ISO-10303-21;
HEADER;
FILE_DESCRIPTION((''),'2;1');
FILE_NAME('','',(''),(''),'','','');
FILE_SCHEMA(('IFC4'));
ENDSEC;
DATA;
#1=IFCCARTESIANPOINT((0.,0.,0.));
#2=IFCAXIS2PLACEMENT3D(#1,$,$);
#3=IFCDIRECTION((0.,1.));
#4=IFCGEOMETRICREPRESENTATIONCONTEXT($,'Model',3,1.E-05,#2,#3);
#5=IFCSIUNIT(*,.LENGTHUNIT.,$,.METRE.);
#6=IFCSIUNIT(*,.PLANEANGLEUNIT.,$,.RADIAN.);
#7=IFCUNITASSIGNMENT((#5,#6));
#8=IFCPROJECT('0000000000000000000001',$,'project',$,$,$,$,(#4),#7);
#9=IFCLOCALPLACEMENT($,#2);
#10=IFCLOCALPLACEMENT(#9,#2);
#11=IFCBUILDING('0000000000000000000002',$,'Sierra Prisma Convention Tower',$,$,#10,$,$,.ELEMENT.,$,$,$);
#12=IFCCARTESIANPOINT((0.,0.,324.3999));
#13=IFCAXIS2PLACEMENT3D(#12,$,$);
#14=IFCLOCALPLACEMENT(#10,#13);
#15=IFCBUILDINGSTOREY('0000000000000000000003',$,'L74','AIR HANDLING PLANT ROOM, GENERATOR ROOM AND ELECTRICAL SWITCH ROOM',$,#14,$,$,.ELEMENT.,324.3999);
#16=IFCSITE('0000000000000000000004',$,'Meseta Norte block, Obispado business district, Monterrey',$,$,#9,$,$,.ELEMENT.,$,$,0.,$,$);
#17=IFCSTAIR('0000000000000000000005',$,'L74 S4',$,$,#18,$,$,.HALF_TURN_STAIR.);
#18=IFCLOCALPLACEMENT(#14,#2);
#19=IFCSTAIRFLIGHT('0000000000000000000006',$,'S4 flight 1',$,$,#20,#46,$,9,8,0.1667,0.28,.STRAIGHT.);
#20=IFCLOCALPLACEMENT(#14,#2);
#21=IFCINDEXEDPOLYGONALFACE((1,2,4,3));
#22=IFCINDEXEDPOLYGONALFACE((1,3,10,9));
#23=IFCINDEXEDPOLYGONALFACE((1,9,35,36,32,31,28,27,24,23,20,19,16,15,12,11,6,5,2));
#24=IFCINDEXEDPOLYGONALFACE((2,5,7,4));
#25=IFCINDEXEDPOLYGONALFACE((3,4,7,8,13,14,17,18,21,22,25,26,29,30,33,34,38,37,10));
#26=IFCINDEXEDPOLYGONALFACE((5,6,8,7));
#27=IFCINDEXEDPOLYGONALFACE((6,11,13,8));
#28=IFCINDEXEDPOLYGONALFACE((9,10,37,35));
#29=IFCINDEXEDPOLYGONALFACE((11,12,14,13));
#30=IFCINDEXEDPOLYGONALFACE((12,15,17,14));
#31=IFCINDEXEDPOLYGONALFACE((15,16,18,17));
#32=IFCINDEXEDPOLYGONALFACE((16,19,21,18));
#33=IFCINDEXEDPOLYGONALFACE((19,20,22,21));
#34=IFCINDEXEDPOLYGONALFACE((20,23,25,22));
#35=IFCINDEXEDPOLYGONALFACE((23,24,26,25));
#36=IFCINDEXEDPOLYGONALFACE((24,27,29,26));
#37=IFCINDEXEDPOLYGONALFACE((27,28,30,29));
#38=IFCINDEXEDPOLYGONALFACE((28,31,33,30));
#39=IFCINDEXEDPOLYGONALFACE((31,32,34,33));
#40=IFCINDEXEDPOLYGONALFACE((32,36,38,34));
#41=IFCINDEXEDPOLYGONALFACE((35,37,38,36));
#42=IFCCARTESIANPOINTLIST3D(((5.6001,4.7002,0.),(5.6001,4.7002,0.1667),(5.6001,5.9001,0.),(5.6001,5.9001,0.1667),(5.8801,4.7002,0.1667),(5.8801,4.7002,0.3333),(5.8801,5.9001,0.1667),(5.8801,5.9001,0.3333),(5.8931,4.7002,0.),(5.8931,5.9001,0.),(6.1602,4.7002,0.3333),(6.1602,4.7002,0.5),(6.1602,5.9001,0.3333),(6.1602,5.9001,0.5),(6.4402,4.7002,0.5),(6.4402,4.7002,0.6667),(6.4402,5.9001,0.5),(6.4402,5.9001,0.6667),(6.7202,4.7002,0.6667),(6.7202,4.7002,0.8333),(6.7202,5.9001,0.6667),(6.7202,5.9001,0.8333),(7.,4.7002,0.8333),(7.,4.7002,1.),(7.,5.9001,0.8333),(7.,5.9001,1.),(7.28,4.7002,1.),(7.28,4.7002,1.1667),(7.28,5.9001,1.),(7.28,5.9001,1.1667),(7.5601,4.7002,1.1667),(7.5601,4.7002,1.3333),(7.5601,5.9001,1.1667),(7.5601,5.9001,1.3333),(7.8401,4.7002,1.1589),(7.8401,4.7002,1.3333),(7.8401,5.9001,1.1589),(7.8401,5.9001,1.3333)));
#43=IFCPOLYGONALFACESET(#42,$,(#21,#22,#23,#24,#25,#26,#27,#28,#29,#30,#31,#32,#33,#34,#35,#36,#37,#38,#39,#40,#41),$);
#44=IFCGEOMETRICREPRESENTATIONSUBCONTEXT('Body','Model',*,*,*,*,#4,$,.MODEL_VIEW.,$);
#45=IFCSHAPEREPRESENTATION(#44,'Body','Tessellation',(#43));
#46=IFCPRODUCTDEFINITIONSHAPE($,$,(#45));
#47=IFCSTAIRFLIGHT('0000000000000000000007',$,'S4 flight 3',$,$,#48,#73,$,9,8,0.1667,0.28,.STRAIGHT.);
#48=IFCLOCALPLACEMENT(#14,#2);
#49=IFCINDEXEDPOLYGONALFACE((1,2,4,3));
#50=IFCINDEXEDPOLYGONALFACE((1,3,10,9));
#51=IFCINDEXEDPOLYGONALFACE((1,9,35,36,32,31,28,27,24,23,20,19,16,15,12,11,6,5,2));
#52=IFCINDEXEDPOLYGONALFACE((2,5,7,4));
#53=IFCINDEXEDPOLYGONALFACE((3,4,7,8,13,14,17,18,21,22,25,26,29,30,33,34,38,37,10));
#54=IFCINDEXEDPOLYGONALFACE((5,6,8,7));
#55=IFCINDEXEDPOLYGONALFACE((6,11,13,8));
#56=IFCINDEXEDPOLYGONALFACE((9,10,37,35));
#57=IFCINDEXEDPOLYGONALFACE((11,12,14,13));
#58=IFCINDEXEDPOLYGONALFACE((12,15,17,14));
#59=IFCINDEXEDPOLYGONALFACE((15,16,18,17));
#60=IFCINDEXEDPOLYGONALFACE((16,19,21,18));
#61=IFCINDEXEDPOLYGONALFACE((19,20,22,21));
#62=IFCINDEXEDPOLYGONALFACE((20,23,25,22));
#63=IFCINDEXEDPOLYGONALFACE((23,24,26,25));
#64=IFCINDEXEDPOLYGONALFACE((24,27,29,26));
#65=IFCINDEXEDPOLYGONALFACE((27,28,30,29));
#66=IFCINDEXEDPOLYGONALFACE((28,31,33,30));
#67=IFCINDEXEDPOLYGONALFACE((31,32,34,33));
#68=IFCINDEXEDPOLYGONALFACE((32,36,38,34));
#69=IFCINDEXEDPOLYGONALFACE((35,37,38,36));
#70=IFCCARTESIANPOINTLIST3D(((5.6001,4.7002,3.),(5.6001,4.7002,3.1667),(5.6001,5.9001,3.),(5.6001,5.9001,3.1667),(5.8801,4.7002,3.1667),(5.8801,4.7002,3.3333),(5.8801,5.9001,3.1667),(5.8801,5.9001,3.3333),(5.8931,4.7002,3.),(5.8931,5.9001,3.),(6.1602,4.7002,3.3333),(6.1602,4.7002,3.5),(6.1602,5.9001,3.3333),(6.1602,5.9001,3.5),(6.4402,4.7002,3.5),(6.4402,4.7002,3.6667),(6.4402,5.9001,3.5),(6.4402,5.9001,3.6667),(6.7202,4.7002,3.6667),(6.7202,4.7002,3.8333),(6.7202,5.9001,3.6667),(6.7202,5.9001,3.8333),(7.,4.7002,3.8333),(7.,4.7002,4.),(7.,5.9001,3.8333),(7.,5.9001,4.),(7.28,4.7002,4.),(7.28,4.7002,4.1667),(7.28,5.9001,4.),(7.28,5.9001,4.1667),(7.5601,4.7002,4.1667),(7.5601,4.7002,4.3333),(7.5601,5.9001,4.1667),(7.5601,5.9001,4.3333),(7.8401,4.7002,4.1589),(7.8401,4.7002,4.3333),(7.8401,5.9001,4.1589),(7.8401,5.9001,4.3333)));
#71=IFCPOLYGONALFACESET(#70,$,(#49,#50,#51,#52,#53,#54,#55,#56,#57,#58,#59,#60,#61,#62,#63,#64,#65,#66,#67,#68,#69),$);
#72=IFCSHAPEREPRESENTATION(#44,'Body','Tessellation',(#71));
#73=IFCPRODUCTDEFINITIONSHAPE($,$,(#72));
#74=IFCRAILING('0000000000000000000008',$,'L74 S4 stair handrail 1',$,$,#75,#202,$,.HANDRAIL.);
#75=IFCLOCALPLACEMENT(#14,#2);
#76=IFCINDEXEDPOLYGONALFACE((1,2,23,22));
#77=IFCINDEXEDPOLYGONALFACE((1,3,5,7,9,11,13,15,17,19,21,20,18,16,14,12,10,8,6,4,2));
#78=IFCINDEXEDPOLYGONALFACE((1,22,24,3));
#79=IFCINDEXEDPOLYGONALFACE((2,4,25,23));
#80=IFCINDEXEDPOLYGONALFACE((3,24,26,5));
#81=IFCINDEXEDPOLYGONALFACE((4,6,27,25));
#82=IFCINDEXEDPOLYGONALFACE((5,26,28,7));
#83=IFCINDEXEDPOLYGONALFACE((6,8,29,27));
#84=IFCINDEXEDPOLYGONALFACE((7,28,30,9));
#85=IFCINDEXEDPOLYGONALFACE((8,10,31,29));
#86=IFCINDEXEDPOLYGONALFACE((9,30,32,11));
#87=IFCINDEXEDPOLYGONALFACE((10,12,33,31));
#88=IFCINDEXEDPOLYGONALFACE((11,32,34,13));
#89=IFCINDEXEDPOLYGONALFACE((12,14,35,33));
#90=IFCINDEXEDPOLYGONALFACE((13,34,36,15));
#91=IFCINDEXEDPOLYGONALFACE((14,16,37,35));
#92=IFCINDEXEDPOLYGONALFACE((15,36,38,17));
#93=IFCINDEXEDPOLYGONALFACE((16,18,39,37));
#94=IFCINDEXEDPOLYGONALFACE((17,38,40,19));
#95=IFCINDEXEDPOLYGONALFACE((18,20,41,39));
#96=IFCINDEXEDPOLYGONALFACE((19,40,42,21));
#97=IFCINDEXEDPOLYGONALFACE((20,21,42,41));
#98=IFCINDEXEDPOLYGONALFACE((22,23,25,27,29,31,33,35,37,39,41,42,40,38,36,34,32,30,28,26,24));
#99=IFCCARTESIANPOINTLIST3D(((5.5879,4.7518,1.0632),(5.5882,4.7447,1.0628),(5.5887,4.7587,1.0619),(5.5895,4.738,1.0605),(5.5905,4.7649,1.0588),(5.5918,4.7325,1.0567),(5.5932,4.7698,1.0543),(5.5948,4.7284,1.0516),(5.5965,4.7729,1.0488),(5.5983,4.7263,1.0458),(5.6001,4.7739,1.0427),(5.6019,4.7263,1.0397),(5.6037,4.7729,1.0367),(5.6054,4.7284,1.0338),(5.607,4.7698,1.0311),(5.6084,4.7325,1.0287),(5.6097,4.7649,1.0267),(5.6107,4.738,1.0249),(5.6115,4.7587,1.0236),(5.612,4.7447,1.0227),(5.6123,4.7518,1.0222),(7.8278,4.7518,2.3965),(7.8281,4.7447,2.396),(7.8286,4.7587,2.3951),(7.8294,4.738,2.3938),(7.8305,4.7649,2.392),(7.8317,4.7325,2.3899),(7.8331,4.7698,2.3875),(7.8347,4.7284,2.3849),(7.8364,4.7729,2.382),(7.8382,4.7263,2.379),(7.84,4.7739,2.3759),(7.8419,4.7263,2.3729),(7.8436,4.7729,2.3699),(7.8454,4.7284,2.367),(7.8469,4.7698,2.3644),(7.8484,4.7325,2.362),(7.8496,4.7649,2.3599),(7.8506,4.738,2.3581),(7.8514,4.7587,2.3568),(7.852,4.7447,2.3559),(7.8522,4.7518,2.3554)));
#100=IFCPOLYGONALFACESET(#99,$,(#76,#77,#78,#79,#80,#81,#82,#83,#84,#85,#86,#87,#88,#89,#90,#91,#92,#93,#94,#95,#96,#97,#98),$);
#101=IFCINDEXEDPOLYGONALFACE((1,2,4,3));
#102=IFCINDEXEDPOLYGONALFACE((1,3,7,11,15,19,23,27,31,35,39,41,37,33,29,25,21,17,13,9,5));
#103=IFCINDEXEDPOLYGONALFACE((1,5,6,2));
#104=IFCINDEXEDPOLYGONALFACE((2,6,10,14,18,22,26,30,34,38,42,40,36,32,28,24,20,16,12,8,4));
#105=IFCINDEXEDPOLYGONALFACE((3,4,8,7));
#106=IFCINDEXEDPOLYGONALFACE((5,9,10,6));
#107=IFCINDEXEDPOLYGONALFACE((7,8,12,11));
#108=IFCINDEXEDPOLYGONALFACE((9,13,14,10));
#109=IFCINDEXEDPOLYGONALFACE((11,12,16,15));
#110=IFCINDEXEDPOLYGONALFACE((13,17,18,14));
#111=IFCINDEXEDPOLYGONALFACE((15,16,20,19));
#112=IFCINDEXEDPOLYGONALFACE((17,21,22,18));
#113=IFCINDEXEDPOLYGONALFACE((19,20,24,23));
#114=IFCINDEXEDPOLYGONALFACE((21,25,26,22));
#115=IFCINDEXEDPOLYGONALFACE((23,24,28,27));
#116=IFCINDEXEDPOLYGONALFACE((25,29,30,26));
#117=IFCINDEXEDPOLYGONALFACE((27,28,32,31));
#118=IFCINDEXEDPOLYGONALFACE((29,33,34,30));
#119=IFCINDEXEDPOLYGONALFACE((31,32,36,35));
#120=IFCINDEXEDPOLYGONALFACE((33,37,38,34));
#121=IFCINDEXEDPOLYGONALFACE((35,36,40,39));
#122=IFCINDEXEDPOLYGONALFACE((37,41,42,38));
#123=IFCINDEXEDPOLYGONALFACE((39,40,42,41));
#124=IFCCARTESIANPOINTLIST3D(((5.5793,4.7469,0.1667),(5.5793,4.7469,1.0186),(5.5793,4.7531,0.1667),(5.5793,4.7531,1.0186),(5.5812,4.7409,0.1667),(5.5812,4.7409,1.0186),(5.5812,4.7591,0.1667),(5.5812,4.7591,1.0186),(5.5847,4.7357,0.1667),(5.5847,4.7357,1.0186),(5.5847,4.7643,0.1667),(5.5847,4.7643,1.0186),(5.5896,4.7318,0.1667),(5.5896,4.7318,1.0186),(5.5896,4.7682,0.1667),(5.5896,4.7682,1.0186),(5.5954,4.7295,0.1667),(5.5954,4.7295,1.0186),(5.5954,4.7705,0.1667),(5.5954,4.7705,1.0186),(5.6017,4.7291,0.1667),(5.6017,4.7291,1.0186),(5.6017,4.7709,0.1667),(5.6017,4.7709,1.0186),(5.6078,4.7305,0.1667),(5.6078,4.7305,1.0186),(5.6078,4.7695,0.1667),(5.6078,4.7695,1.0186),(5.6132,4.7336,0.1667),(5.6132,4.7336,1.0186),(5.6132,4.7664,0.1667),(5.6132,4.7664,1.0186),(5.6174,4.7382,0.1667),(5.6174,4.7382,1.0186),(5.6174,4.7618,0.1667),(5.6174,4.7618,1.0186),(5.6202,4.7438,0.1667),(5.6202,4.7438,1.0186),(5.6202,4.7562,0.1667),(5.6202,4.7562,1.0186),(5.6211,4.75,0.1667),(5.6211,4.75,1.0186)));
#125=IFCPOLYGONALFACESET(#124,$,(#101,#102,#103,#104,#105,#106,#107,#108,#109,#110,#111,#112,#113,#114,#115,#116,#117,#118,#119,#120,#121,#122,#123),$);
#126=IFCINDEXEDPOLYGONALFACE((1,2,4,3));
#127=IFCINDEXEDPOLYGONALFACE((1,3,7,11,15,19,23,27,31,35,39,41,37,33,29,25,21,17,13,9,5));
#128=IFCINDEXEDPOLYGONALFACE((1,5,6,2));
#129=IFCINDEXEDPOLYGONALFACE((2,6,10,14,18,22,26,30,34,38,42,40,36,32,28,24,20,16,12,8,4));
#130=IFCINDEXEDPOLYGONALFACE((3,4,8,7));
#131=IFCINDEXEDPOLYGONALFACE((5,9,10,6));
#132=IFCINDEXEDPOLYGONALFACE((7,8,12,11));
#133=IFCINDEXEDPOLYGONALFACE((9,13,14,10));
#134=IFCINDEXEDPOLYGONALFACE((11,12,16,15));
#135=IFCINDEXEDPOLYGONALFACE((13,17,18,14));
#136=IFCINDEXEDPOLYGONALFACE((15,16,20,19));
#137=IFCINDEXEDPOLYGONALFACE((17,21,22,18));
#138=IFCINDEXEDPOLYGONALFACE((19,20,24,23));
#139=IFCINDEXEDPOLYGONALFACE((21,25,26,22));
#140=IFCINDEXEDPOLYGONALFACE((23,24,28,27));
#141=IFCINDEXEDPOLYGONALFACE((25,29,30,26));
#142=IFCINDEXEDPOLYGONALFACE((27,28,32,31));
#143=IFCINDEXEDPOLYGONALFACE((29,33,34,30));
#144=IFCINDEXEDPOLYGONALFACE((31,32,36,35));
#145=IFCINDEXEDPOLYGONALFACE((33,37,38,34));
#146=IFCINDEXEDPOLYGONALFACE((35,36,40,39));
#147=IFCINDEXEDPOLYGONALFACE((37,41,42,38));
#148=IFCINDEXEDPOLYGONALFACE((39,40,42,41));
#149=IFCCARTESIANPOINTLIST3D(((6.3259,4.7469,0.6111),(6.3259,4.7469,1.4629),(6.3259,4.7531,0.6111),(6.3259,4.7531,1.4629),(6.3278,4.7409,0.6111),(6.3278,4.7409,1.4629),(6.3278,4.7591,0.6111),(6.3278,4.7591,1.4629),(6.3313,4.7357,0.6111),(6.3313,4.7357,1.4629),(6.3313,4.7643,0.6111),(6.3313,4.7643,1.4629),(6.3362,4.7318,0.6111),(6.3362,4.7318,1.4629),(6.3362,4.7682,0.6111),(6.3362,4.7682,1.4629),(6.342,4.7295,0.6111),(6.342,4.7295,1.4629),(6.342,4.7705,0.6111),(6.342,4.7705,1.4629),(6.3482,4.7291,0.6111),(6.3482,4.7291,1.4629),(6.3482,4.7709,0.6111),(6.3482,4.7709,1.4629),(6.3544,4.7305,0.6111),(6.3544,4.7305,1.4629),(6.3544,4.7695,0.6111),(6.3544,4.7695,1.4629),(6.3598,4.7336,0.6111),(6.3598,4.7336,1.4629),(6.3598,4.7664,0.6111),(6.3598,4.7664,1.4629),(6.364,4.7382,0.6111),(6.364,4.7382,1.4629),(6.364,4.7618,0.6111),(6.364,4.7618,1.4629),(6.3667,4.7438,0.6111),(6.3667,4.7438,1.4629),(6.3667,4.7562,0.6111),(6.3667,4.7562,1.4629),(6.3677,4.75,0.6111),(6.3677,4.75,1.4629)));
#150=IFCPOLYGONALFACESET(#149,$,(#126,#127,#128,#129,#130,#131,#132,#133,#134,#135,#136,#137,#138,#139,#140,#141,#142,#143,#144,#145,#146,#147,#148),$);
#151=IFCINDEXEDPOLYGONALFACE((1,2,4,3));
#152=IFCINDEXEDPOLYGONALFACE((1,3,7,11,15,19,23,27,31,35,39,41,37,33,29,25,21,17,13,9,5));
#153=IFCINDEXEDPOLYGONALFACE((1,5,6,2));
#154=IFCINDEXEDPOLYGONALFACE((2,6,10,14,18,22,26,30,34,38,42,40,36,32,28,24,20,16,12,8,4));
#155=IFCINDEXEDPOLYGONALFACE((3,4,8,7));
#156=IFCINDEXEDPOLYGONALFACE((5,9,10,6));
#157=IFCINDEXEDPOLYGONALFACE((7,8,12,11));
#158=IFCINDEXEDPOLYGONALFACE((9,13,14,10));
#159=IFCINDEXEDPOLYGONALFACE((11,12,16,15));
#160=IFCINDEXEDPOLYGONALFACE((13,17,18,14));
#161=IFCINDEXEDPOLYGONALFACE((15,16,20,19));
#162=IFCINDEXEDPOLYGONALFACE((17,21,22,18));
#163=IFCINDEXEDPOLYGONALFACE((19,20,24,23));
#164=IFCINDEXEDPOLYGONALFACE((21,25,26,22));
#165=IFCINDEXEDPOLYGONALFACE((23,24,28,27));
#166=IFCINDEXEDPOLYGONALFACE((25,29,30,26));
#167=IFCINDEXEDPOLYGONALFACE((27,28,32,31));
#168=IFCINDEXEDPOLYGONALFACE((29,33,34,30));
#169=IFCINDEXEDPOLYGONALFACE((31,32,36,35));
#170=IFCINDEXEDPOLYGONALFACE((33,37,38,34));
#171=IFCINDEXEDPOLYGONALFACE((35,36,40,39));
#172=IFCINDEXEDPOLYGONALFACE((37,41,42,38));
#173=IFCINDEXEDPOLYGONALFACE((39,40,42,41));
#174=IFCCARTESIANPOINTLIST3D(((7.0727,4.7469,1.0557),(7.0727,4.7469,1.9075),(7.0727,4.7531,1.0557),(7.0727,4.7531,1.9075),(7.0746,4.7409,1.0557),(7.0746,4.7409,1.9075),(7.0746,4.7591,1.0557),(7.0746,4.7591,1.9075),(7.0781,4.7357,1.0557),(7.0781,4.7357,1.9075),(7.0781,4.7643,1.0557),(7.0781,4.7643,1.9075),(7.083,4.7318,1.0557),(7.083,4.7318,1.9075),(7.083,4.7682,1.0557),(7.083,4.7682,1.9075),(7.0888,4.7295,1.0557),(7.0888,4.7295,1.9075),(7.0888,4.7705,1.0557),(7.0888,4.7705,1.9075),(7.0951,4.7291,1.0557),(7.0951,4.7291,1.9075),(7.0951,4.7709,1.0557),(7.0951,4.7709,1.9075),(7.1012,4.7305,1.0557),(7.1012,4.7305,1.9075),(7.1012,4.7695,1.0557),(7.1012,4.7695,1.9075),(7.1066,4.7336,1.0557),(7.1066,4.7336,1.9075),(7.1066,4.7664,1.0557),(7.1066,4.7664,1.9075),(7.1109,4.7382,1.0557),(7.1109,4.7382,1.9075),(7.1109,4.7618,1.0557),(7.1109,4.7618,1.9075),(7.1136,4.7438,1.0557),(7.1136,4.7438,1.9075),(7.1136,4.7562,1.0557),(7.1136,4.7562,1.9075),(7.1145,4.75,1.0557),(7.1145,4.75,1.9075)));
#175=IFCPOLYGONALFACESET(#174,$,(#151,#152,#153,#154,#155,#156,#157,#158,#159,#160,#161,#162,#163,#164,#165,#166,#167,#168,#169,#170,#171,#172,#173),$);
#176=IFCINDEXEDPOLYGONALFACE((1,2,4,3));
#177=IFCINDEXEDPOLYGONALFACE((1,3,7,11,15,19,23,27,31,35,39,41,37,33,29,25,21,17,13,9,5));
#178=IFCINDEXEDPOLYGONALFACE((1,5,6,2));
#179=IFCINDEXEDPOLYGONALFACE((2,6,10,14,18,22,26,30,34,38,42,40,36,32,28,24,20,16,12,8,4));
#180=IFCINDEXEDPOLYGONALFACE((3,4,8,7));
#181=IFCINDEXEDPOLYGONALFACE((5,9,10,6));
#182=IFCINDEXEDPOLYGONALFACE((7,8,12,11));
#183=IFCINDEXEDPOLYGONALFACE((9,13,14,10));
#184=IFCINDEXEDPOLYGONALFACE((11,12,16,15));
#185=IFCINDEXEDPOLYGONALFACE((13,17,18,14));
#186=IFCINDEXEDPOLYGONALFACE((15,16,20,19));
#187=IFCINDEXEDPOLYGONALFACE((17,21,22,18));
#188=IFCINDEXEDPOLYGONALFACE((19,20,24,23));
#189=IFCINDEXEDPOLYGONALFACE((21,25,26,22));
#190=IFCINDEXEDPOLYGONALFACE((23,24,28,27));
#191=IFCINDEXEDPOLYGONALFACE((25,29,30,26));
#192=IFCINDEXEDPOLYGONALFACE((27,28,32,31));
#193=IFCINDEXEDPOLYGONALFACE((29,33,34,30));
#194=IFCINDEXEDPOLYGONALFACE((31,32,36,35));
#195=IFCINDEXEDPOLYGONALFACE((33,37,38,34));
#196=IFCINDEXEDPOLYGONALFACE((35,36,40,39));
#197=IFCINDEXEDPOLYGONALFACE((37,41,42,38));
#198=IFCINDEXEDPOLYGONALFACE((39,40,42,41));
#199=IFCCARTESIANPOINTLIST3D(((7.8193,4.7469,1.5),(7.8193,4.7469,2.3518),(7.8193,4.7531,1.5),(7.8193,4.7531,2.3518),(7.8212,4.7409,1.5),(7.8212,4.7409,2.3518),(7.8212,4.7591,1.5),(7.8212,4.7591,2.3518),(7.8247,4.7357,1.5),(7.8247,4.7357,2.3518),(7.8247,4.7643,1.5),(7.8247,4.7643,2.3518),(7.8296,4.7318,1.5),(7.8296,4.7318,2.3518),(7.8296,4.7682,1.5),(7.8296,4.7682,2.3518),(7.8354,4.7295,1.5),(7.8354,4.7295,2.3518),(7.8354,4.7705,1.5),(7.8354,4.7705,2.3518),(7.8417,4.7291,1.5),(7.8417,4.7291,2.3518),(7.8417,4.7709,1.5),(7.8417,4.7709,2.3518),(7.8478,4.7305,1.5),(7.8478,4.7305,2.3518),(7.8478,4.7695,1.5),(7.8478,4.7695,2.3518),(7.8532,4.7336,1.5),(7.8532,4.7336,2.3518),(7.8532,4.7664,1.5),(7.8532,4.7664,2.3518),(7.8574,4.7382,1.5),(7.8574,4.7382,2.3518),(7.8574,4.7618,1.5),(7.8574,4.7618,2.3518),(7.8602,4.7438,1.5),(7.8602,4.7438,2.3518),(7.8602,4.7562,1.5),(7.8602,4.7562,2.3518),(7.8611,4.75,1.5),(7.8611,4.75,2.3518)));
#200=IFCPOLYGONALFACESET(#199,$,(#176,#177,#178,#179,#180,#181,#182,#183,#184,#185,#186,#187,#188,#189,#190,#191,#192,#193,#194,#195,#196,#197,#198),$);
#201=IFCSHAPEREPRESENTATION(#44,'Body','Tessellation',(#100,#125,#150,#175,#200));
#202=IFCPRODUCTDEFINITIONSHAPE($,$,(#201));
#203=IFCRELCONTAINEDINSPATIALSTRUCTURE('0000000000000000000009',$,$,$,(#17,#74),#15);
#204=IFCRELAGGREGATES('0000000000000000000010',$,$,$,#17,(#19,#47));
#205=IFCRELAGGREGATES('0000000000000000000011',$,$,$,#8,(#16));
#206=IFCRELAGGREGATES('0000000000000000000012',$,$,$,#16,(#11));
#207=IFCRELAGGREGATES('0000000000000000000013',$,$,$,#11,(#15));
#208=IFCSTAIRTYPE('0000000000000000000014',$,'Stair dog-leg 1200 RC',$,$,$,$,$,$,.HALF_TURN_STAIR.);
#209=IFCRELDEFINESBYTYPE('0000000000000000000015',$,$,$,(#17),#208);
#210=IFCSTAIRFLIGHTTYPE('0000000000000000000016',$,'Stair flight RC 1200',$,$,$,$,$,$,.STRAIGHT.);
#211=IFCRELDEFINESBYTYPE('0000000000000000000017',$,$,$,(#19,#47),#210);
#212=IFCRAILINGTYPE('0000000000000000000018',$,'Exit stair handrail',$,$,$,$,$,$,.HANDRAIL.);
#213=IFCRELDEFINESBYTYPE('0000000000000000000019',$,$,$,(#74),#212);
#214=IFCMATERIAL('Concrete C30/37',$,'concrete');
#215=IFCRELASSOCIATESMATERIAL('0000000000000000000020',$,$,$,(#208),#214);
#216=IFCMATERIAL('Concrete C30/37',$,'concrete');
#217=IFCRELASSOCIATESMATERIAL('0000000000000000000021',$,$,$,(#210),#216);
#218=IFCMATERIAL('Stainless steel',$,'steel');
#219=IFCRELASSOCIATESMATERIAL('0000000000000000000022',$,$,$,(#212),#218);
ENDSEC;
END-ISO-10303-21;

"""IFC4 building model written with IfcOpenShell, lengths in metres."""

from ifc_helpers import new_model, si_unit, direction, frame, origin, origin_2d, place, context, subcontext, project, spatial, polyline, circle, outline, extrude, material, type_object, element, aggregate, save


model = new_model("IFC4")

# Units and contexts
model_context = context("Model", 3, precision=1e-05, world=origin(), true_north=direction((0.0, 1.0)))
body_context = subcontext(model_context, "Body", "Model", "MODEL_VIEW")
ifc_project = project(units=[si_unit("LENGTHUNIT", "METRE"), si_unit("PLANEANGLEUNIT", "RADIAN")], contexts=[model_context])

# Site, building, storey
site_placement = place(None, origin())
site = spatial("IfcSite", under=ifc_project, at=site_placement, Name="Meseta Norte block, Obispado business district, Monterrey", CompositionType="ELEMENT", RefElevation=0.0)
building_placement = place(site_placement, origin())
building = spatial("IfcBuilding", under=site, at=building_placement, Name="Sierra Prisma Convention Tower", CompositionType="ELEMENT")
storey_placement = place(building_placement, frame((0.0, 0.0, 324.3999)))
storey = spatial("IfcBuildingStorey", under=building, at=storey_placement, Name="L74", Description="AIR HANDLING PLANT ROOM, GENERATOR ROOM AND ELECTRICAL SWITCH ROOM", CompositionType="ELEMENT", Elevation=324.3999)

# Shared definitions
ifc_material_1 = material(Name="Concrete C30/37", Category="concrete")
stair_type = type_object("IfcStairType", Name="Stair dog-leg 1200 RC", PredefinedType="HALF_TURN_STAIR", material=ifc_material_1)

# Stair
stair_1_placement = place(storey_placement, origin())
stair_1 = element("IfcStair", 1, at=stair_1_placement, inside=storey, type_object=stair_type, Name="L74 S4", PredefinedType="HALF_TURN_STAIR")

# Stair flights
ifc_material_2 = material(Name="Concrete C30/37", Category="concrete")
stair_flight_type = type_object("IfcStairFlightType", Name="Stair flight RC 1200", PredefinedType="STRAIGHT", material=ifc_material_2)
stair_flight_1_placement = place(storey_placement, frame((5.6001, 5.3, 0.0), z_axis=(0.0, 0.0, 1.0), x_axis=(1.0, 0.0, 0.0)))
stair_flight_1 = element("IfcStairFlight", 2, at=stair_flight_1_placement, type_object=stair_flight_type, Name="S4 flight 1", NumberOfRisers=9, NumberOfTreads=8, PredefinedType="STRAIGHT", RiserHeight=0.1667, TreadLength=0.28, context=body_context, shape_type="SweptSolid", body=[
    extrude(outline(polyline([(0.0, 0.0), (0.0, 0.1667), (0.28, 0.1667), (0.28, 0.3333), (0.5601, 0.3333), (0.5601, 0.5), (0.8401, 0.5), (0.8401, 0.6667), (1.1201, 0.6667), (1.1201, 0.8333), (1.3999, 0.8333), (1.3999, 1.0), (1.6799, 1.0), (1.6799, 1.1667), (1.96, 1.1667), (1.96, 1.3333), (2.24, 1.3333), (2.24, 1.5), (2.24, 1.1589), (0.293, 0.0), (0.0, 0.0)])), frame((0.0, 0.6001, 0.0), z_axis=(0.0, -1.0, 0.0), x_axis=(1.0, 0.0, 0.0)), (0.0, 0.0, 1.0), 1.2),
])
stair_flight_2_placement = place(storey_placement, frame((5.6001, 5.3, 3.0), z_axis=(0.0, 0.0, 1.0), x_axis=(1.0, 0.0, 0.0)))
stair_flight_2 = element("IfcStairFlight", 3, at=stair_flight_2_placement, type_object=stair_flight_type, Name="S4 flight 3", NumberOfRisers=9, NumberOfTreads=8, PredefinedType="STRAIGHT", RiserHeight=0.1667, TreadLength=0.28, context=body_context, shape_type="SweptSolid", body=[
    extrude(outline(polyline([(0.0, 0.0), (0.0, 0.1667), (0.28, 0.1667), (0.28, 0.3333), (0.5601, 0.3333), (0.5601, 0.5), (0.8401, 0.5), (0.8401, 0.6667), (1.1201, 0.6667), (1.1201, 0.8333), (1.3999, 0.8333), (1.3999, 1.0), (1.6799, 1.0), (1.6799, 1.1667), (1.96, 1.1667), (1.96, 1.3333), (2.24, 1.3333), (2.24, 1.5), (2.24, 1.1589), (0.293, 0.0), (0.0, 0.0)])), frame((0.0, 0.6001, 0.0), z_axis=(0.0, -1.0, 0.0), x_axis=(1.0, 0.0, 0.0)), (0.0, 0.0, 1.0), 1.2),
])
aggregate(stair_1, [stair_flight_1, stair_flight_2])

# Railing
ifc_material_3 = material(Name="Stainless steel", Category="steel")
railing_type_1 = type_object("IfcRailingType", Name="Exit stair handrail", PredefinedType="HANDRAIL", material=ifc_material_3)
for number, where, name in (
    (4, (5.6001, 4.75, 0.1667), "L74 S4 stair handrail 1"),
):
    element("IfcRailing", number, at=place(storey_placement, frame(where)), inside=storey, type_object=railing_type_1, Name=name, PredefinedType="HANDRAIL", context=body_context, shape_type="SweptSolid", body=[
        extrude(circle(Radius=0.0239, at=origin_2d()), frame((0.0, 0.0, 0.876), z_axis=(0.859306, 0.0, 0.511462), x_axis=(0.0, 1.0, 0.0)), (0.0, 0.0, 1.0), 2.6067),
        extrude(circle(Radius=0.021, at=origin_2d()), origin(), (0.0, 0.0, 1.0), 0.8518),
        extrude(circle(Radius=0.021, at=origin_2d()), frame((0.7466, 0.0, 0.4443)), (0.0, 0.0, 1.0), 0.8518),
        extrude(circle(Radius=0.021, at=origin_2d()), frame((1.4934, 0.0, 0.8889)), (0.0, 0.0, 1.0), 0.8518),
        extrude(circle(Radius=0.021, at=origin_2d()), frame((2.24, 0.0, 1.3333)), (0.0, 0.0, 1.0), 0.8518),
    ])

save(model, "model.ifc")
